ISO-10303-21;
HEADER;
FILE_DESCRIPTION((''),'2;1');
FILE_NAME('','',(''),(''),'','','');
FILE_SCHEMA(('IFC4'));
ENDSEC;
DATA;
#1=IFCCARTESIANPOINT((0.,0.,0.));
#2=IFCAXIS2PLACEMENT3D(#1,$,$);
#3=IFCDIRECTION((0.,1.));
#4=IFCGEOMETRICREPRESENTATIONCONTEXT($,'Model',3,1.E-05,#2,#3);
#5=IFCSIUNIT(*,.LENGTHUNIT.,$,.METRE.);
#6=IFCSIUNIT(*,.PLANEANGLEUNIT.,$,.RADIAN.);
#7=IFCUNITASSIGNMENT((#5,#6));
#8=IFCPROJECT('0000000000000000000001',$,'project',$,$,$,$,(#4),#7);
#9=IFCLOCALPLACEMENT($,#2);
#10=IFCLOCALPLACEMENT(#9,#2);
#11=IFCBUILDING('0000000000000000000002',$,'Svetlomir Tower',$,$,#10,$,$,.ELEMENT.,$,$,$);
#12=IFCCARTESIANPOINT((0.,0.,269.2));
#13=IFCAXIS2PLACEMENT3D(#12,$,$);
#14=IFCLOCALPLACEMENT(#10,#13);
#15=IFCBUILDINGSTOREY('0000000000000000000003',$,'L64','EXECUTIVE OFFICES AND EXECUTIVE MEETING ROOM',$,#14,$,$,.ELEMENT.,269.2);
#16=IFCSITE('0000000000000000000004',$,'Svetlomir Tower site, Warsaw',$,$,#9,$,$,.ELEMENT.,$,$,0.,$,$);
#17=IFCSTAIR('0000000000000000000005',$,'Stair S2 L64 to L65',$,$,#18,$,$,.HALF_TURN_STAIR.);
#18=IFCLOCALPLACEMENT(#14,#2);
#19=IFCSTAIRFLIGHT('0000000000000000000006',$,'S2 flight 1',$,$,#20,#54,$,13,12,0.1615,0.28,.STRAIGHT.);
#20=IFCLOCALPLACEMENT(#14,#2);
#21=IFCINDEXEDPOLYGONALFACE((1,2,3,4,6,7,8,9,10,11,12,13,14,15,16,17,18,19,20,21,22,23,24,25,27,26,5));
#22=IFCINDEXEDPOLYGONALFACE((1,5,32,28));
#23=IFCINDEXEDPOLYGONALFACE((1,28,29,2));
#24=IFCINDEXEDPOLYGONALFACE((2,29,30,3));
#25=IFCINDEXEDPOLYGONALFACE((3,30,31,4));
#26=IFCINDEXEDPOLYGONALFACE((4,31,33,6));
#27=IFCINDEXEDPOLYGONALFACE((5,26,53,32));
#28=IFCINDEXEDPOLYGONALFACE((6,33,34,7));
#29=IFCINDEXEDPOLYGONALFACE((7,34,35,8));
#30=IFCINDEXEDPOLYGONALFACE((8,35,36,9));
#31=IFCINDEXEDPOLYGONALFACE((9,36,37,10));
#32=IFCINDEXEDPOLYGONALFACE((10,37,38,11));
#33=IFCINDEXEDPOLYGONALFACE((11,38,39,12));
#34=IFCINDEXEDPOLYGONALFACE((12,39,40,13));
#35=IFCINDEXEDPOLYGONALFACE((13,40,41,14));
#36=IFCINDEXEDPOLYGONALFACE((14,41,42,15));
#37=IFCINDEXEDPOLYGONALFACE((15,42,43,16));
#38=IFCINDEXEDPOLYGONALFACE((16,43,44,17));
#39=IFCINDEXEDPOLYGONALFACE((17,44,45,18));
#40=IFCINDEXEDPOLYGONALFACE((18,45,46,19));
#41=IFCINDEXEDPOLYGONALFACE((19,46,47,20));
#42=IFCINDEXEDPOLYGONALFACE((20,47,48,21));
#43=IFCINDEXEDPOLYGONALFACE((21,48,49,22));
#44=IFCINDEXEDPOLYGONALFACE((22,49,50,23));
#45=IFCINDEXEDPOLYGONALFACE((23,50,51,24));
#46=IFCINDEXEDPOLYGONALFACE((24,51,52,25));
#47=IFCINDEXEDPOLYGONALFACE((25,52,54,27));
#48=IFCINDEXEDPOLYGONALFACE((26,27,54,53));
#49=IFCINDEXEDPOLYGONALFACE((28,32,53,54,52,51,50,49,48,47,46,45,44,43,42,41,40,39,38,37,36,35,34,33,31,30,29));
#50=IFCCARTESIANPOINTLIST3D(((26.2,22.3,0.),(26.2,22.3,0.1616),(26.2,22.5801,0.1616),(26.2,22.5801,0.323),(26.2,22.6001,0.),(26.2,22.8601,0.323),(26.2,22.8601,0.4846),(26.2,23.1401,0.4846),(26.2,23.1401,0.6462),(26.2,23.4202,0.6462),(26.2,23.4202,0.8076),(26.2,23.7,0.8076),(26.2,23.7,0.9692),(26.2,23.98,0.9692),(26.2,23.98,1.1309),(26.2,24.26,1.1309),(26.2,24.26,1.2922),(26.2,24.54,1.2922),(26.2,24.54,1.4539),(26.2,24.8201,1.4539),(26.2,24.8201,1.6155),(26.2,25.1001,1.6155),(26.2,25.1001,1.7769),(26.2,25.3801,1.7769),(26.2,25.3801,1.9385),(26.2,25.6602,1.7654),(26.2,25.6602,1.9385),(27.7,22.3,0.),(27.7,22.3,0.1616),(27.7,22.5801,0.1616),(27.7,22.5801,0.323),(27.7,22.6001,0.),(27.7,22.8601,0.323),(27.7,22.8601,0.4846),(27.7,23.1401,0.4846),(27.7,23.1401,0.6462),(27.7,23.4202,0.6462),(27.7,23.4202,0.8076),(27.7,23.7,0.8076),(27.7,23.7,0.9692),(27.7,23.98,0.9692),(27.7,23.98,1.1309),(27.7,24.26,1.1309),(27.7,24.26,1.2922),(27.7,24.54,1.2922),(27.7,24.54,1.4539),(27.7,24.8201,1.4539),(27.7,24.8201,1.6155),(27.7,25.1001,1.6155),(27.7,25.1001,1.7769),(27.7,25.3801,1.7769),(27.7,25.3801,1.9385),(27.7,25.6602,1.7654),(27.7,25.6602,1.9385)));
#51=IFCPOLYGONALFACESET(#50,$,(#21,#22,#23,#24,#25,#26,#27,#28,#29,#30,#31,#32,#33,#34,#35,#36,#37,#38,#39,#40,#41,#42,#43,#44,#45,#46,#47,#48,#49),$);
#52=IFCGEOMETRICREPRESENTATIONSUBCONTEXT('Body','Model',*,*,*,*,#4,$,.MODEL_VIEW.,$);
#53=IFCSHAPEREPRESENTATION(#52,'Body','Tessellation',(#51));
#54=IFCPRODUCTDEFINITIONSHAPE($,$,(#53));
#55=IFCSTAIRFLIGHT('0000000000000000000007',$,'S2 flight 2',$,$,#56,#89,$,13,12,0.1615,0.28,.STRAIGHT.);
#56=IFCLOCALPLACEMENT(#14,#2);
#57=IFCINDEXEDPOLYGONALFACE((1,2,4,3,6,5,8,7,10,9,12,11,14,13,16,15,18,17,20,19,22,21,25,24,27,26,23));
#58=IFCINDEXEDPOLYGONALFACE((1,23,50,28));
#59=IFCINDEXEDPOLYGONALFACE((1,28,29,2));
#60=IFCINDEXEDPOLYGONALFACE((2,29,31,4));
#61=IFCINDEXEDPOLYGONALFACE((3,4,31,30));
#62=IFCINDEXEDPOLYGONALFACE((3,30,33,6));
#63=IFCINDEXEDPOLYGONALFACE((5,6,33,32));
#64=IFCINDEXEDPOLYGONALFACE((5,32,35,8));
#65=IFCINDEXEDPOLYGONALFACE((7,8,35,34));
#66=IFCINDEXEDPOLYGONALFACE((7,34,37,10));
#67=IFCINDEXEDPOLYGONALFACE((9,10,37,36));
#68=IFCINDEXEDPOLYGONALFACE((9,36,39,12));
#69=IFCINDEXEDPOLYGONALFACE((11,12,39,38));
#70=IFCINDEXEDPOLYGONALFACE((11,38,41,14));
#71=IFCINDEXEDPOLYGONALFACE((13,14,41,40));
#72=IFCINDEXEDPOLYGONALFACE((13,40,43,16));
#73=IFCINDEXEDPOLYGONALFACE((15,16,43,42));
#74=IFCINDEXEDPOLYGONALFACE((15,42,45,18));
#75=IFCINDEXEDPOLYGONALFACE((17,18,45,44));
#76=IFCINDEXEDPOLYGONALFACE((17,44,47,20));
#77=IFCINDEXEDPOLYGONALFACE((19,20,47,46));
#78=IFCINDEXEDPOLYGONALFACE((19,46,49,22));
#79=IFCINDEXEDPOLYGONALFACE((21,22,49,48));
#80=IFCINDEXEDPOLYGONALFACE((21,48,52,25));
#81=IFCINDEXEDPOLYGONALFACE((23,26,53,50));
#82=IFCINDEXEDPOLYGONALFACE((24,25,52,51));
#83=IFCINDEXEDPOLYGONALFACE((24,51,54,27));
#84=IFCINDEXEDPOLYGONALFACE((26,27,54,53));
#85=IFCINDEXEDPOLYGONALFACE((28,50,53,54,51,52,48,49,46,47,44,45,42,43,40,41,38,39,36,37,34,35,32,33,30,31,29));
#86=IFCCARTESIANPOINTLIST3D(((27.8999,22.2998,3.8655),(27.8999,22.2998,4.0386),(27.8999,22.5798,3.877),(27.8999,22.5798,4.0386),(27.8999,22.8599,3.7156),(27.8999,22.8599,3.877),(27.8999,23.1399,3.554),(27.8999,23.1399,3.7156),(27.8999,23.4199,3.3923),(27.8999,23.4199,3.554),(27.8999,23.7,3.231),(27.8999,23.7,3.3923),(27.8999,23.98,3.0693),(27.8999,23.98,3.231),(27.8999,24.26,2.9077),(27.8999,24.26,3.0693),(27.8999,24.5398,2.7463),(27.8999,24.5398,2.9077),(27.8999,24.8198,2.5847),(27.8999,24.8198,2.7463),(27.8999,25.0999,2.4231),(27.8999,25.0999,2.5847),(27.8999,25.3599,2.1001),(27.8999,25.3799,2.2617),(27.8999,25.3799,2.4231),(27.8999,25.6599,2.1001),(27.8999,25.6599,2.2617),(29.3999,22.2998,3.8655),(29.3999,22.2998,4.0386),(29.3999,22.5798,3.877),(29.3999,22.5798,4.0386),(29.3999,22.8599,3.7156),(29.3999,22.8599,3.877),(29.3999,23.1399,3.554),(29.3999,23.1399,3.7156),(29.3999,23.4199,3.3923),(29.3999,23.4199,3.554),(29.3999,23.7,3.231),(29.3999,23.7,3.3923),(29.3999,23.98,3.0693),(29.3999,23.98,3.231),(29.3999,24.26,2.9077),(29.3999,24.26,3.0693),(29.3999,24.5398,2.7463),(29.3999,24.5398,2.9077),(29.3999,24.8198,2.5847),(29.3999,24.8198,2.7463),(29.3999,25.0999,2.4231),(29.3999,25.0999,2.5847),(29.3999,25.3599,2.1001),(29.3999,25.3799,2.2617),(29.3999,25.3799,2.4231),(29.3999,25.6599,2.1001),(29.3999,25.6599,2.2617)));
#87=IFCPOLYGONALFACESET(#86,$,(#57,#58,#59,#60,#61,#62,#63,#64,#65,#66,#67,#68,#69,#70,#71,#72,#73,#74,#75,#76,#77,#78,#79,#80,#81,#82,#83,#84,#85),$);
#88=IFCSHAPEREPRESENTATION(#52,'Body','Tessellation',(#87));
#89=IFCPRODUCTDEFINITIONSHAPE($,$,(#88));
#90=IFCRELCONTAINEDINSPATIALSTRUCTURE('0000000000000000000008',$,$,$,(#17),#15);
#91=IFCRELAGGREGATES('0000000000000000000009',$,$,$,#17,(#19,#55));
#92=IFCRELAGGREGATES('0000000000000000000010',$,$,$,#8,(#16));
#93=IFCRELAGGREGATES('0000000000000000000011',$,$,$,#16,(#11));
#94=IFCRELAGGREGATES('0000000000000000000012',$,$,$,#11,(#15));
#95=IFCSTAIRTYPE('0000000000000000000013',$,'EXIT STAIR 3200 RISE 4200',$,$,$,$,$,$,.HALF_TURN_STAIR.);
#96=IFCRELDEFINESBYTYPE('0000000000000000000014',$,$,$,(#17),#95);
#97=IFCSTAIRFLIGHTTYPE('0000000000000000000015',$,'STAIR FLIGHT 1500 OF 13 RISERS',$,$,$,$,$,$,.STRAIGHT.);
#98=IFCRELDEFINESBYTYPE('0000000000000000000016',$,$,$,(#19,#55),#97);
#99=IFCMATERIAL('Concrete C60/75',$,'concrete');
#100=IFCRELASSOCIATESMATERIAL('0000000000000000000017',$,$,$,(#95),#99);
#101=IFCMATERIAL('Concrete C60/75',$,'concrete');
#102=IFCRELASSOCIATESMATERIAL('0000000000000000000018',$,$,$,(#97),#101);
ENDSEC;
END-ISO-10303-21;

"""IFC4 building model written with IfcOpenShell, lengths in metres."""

from ifc_helpers import new_model, si_unit, direction, frame, origin, place, context, subcontext, project, spatial, polyline, outline, extrude, material, type_object, element, aggregate, save


model = new_model("IFC4")

# Units and contexts
model_context = context("Model", 3, precision=1e-05, world=origin(), true_north=direction((0.0, 1.0)))
body_context = subcontext(model_context, "Body", "Model", "MODEL_VIEW")
ifc_project = project(units=[si_unit("LENGTHUNIT", "METRE"), si_unit("PLANEANGLEUNIT", "RADIAN")], contexts=[model_context])

# Site, building, storey
site_placement = place(None, origin())
site = spatial("IfcSite", under=ifc_project, at=site_placement, Name="Svetlomir Tower site, Warsaw", CompositionType="ELEMENT", RefElevation=0.0)
building_placement = place(site_placement, origin())
building = spatial("IfcBuilding", under=site, at=building_placement, Name="Svetlomir Tower", CompositionType="ELEMENT")
storey_placement = place(building_placement, frame((0.0, 0.0, 269.2)))
storey = spatial("IfcBuildingStorey", under=building, at=storey_placement, Name="L64", Description="EXECUTIVE OFFICES AND EXECUTIVE MEETING ROOM", CompositionType="ELEMENT", Elevation=269.2)

# Stair, stair flights
ifc_material_1 = material(Name="Concrete C60/75", Category="concrete")
stair_type = type_object("IfcStairType", Name="EXIT STAIR 3200 RISE 4200", PredefinedType="HALF_TURN_STAIR", material=ifc_material_1)
stair_placement = place(storey_placement, origin())
stair = element("IfcStair", 1, at=stair_placement, inside=storey, type_object=stair_type, Name="Stair S2 L64 to L65", PredefinedType="HALF_TURN_STAIR")
ifc_material_2 = material(Name="Concrete C60/75", Category="concrete")
stair_flight_type = type_object("IfcStairFlightType", Name="STAIR FLIGHT 1500 OF 13 RISERS", PredefinedType="STRAIGHT", material=ifc_material_2)
stair_flight_1_placement = place(storey_placement, frame((26.95, 22.3, 0.0), z_axis=(0.0, 0.0, 1.0), x_axis=(0.0, 1.0, 0.0)))
stair_flight_1 = element("IfcStairFlight", 2, at=stair_flight_1_placement, type_object=stair_flight_type, Name="S2 flight 1", NumberOfRisers=13, NumberOfTreads=12, PredefinedType="STRAIGHT", RiserHeight=0.1615, TreadLength=0.28, context=body_context, shape_type="SweptSolid", body=[
    extrude(outline(polyline([(0.0, 0.0), (0.0, 0.1616), (0.28, 0.1616), (0.28, 0.323), (0.5601, 0.323), (0.5601, 0.4846), (0.8401, 0.4846), (0.8401, 0.6462), (1.1201, 0.6462), (1.1201, 0.8076), (1.3999, 0.8076), (1.3999, 0.9692), (1.6799, 0.9692), (1.6799, 1.1309), (1.96, 1.1309), (1.96, 1.2922), (2.24, 1.2922), (2.24, 1.4539), (2.52, 1.4539), (2.52, 1.6155), (2.8, 1.6155), (2.8, 1.7769), (3.0801, 1.7769), (3.0801, 1.9385), (3.3601, 1.9385), (3.3601, 2.1001), (3.3601, 1.7654), (0.3, 0.0), (0.0, 0.0)])), frame((0.0, 0.75, 0.0), z_axis=(0.0, -1.0, 0.0), x_axis=(1.0, 0.0, 0.0)), (0.0, 0.0, 1.0), 1.5),
])
stair_flight_2_placement = place(storey_placement, frame((28.6499, 25.6599, 2.1001), z_axis=(0.0, 0.0, 1.0), x_axis=(0.0, -1.0, 0.0)))
stair_flight_2 = element("IfcStairFlight", 3, at=stair_flight_2_placement, type_object=stair_flight_type, Name="S2 flight 2", NumberOfRisers=13, NumberOfTreads=12, PredefinedType="STRAIGHT", RiserHeight=0.1615, TreadLength=0.28, context=body_context, shape_type="SweptSolid", body=[
    extrude(outline(polyline([(0.0, 0.0), (0.0, 0.1616), (0.28, 0.1616), (0.28, 0.323), (0.5601, 0.323), (0.5601, 0.4846), (0.8401, 0.4846), (0.8401, 0.6462), (1.1201, 0.6462), (1.1201, 0.8076), (1.3999, 0.8076), (1.3999, 0.9692), (1.6799, 0.9692), (1.6799, 1.1309), (1.96, 1.1309), (1.96, 1.2922), (2.24, 1.2922), (2.24, 1.4539), (2.52, 1.4539), (2.52, 1.6155), (2.8, 1.6155), (2.8, 1.7769), (3.0801, 1.7769), (3.0801, 1.9385), (3.3601, 1.9385), (3.3601, 2.1001), (3.3601, 1.7654), (0.3, 0.0), (0.0, 0.0)])), frame((0.0, 0.75, 0.0), z_axis=(0.0, -1.0, 0.0), x_axis=(1.0, 0.0, 0.0)), (0.0, 0.0, 1.0), 1.5),
])
aggregate(stair, [stair_flight_1, stair_flight_2])

save(model, "model.ifc")
